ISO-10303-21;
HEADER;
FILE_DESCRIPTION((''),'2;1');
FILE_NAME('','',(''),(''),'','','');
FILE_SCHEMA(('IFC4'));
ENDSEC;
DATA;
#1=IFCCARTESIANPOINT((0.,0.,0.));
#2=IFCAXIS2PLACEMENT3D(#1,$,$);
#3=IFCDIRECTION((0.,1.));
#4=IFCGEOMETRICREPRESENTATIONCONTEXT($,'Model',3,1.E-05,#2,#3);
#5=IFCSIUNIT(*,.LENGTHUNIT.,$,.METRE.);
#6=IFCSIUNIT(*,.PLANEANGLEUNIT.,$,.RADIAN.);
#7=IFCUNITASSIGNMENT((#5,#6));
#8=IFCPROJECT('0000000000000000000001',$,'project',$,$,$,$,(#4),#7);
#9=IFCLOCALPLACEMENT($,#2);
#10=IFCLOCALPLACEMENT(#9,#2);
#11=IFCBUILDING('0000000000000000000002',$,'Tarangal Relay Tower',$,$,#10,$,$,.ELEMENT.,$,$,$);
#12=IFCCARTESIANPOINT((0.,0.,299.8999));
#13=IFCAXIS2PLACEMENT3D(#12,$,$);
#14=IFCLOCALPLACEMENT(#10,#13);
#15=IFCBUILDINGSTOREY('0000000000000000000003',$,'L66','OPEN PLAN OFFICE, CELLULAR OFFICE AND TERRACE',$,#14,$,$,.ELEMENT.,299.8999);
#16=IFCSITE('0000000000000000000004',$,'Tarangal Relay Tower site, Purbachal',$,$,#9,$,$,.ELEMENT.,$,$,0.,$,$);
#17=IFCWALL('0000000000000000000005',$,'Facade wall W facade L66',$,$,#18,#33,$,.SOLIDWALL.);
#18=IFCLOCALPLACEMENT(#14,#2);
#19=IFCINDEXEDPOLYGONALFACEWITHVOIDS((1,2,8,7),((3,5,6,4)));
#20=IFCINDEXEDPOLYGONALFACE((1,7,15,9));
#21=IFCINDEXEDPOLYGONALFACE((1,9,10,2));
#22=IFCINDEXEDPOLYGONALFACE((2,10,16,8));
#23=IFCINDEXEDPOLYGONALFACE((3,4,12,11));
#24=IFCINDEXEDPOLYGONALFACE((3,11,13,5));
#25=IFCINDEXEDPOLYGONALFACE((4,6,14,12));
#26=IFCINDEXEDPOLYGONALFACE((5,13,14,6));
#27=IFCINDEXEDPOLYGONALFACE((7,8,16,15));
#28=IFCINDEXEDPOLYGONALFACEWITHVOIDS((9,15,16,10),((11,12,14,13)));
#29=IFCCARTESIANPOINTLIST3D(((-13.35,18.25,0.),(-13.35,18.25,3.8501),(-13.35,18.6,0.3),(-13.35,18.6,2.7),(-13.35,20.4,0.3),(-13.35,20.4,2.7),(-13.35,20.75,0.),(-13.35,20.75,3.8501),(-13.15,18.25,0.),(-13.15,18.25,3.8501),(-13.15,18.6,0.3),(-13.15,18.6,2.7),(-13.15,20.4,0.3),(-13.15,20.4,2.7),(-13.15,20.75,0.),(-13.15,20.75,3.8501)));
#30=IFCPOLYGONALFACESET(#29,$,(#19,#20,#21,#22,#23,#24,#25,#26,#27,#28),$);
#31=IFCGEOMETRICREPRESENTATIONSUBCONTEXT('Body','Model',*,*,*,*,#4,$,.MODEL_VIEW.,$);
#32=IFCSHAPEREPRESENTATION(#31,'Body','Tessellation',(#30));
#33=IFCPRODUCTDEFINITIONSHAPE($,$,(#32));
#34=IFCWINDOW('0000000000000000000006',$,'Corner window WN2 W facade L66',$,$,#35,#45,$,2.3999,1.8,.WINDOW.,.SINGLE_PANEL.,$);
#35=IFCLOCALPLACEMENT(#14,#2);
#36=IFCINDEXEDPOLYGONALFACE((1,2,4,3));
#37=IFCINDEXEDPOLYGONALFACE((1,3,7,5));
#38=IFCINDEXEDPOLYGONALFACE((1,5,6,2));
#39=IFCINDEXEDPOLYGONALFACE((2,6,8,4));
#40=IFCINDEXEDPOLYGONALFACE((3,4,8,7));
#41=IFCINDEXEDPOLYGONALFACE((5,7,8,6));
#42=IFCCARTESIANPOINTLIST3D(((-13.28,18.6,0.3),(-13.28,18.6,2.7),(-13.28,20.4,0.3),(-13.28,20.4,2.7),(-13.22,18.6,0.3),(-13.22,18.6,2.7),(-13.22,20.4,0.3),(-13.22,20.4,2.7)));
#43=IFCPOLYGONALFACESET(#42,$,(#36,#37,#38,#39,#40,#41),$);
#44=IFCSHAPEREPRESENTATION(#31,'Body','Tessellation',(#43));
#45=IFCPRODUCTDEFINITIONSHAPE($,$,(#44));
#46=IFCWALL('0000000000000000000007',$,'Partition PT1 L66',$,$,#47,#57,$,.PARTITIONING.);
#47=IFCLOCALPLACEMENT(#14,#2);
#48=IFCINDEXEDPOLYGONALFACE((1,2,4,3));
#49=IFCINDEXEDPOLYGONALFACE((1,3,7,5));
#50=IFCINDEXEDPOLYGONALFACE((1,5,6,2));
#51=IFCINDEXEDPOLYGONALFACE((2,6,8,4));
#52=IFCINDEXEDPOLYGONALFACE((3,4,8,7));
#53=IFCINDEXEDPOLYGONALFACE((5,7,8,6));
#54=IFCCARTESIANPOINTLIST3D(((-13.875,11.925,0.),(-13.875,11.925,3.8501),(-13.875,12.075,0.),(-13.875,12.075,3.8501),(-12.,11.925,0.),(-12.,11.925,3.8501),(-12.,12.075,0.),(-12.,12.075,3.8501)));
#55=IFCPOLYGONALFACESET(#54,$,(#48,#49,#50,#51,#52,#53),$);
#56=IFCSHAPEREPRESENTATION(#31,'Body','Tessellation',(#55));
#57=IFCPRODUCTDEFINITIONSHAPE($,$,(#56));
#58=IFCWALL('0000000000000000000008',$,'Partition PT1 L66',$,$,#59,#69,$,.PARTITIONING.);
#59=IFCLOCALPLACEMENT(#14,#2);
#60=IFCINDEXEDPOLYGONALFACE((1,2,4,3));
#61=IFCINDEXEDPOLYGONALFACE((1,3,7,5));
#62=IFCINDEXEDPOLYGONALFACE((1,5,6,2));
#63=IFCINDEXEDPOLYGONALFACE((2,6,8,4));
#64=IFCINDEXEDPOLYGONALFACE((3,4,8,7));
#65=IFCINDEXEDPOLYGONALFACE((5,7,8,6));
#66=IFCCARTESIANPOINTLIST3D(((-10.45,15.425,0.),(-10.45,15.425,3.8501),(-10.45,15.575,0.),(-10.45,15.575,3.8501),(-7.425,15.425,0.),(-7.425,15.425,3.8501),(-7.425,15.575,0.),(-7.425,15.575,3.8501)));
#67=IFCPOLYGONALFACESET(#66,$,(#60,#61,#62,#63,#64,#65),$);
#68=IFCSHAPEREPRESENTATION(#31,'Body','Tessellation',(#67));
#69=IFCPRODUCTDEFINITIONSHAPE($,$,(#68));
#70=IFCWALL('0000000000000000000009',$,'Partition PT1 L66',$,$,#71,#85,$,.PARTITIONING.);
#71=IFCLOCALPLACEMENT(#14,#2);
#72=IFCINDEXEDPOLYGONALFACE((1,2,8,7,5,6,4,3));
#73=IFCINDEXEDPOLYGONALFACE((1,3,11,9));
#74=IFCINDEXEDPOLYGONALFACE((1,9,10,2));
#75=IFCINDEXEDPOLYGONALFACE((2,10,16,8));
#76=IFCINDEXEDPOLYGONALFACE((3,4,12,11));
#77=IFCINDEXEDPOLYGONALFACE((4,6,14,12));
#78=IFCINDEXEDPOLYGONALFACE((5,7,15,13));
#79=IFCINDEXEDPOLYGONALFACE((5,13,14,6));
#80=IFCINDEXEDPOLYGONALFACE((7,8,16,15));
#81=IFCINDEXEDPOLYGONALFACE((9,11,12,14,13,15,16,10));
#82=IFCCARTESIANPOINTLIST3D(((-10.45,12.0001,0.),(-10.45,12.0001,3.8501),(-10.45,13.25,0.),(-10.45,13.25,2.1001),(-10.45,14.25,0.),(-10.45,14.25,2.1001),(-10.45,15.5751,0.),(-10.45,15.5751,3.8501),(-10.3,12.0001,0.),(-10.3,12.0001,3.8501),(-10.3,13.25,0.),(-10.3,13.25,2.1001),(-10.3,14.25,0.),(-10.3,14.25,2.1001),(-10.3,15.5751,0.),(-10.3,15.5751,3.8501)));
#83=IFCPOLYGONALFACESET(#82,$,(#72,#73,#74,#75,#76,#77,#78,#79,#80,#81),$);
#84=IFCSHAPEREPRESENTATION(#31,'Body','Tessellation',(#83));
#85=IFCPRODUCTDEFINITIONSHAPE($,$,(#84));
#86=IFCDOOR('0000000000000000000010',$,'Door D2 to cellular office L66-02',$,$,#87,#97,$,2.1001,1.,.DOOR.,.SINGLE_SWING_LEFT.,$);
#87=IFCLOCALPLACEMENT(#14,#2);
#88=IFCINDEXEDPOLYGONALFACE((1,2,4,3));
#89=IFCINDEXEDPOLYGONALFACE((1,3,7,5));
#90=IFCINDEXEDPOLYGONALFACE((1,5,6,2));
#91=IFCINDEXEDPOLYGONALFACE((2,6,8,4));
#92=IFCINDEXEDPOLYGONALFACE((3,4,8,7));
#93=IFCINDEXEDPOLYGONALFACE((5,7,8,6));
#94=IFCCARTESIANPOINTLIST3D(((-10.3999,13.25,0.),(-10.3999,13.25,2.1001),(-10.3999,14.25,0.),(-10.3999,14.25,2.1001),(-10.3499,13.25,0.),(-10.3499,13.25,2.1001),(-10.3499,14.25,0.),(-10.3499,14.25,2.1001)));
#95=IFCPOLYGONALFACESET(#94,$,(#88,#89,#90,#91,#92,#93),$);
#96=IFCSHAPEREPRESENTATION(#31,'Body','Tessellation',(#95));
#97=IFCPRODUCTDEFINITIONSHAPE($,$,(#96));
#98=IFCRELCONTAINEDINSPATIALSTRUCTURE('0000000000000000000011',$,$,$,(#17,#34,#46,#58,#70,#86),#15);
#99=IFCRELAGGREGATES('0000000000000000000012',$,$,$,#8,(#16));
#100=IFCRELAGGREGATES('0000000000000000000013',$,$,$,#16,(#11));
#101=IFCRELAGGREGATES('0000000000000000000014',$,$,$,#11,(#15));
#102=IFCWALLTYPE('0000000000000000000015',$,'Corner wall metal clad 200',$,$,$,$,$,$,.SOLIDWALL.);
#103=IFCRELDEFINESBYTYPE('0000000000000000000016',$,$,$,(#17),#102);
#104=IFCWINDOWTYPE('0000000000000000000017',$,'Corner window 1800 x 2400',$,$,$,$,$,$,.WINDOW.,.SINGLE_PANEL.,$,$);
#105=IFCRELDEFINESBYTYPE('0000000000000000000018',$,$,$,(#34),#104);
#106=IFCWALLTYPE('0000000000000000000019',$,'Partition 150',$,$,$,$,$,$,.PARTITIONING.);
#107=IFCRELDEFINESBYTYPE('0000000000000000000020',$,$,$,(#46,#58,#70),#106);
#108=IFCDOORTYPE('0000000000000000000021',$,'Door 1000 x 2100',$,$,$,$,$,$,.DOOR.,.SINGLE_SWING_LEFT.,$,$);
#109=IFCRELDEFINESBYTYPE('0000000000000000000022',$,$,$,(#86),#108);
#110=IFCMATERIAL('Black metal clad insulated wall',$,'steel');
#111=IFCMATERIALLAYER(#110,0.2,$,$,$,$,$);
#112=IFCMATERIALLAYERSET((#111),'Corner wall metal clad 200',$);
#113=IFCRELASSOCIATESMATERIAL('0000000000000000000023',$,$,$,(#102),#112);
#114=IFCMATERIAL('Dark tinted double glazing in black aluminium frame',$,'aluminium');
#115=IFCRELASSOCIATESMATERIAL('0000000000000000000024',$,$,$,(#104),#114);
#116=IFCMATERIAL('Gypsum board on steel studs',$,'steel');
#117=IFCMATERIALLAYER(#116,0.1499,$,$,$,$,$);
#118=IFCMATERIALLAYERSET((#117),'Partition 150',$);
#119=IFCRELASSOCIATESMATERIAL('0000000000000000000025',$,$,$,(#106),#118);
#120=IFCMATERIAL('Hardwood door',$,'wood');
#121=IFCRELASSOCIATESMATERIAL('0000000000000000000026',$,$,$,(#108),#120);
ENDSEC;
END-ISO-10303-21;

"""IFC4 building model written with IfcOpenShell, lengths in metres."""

from ifc_helpers import new_model, si_unit, direction, frame, frame_2d, origin, place, context, subcontext, project, spatial, rectangle, extrude, material, layer, layer_set, type_object, element, fill, save


model = new_model("IFC4")

# Units and contexts
model_context = context("Model", 3, precision=1e-05, world=origin(), true_north=direction((0.0, 1.0)))
body_context = subcontext(model_context, "Body", "Model", "MODEL_VIEW")
ifc_project = project(units=[si_unit("LENGTHUNIT", "METRE"), si_unit("PLANEANGLEUNIT", "RADIAN")], contexts=[model_context])

# Site, building, storey
site_placement = place(None, origin())
site = spatial("IfcSite", under=ifc_project, at=site_placement, Name="Tarangal Relay Tower site, Purbachal", CompositionType="ELEMENT", RefElevation=0.0)
building_placement = place(site_placement, origin())
building = spatial("IfcBuilding", under=site, at=building_placement, Name="Tarangal Relay Tower", CompositionType="ELEMENT")
storey_placement = place(building_placement, frame((0.0, 0.0, 299.8999)))
storey = spatial("IfcBuildingStorey", under=building, at=storey_placement, Name="L66", Description="OPEN PLAN OFFICE, CELLULAR OFFICE AND TERRACE", CompositionType="ELEMENT", Elevation=299.8999)

# Shared definitions
ifc_material_1 = material(Name="Black metal clad insulated wall", Category="steel")
ifc_layer_1 = layer(ifc_material_1, 0.2)
ifc_layer_set_1 = layer_set([ifc_layer_1], Name="Corner wall metal clad 200")
wall_type_1 = type_object("IfcWallType", Name="Corner wall metal clad 200", PredefinedType="SOLIDWALL", material=ifc_layer_set_1)

# Shared definitions
ifc_material_2 = material(Name="Dark tinted double glazing in black aluminium frame", Category="aluminium")
window_type = type_object("IfcWindowType", Name="Corner window 1800 x 2400", PartitioningType="SINGLE_PANEL", PredefinedType="WINDOW", material=ifc_material_2)

# Wall, opening, window
wall_1_placement = place(storey_placement, frame((-13.25, 18.25, 0.0), z_axis=(0.0, 0.0, 1.0), x_axis=(0.0, 1.0, 0.0)))
wall_1 = element("IfcWall", 1, at=wall_1_placement, inside=storey, type_object=wall_type_1, Name="Facade wall W facade L66", PredefinedType="SOLIDWALL", context=body_context, shape_type="SweptSolid", body=[
    extrude(rectangle(XDim=2.5, YDim=0.2, at=frame_2d((1.25, 0.0))), origin(), (0.0, 0.0, 1.0), 3.8501),
])
opening_1_placement = place(wall_1_placement, frame((0.3501, 0.0, 0.3)))
opening_1 = element("IfcOpeningElement", 2, at=opening_1_placement, cuts=wall_1, PredefinedType="OPENING", context=body_context, shape_type="SweptSolid", body=[
    extrude(rectangle(XDim=1.8, YDim=2.3999, at=frame_2d((0.8999, 1.2))), frame((0.0, 0.1099, 0.0), z_axis=(0.0, -1.0, 0.0), x_axis=(1.0, 0.0, 0.0)), (0.0, 0.0, 1.0), 0.22),
])
window_1_placement = place(opening_1_placement, origin())
window_1 = element("IfcWindow", 3, at=window_1_placement, inside=storey, type_object=window_type, Name="Corner window WN2 W facade L66", OverallHeight=2.3999, OverallWidth=1.8, PartitioningType="SINGLE_PANEL", PredefinedType="WINDOW", context=body_context, shape_type="SweptSolid", body=[
    extrude(rectangle(XDim=1.8, YDim=2.3999, at=frame_2d((0.8999, 1.2))), frame((0.0, 0.03, 0.0), z_axis=(0.0, -1.0, 0.0), x_axis=(1.0, 0.0, 0.0)), (0.0, 0.0, 1.0), 0.0601),
])
fill(opening_1, window_1)

# Walls
ifc_material_3 = material(Name="Gypsum board on steel studs", Category="steel")
ifc_layer_2 = layer(ifc_material_3, 0.1499)
ifc_layer_set_2 = layer_set([ifc_layer_2], Name="Partition 150")
wall_type_2 = type_object("IfcWallType", Name="Partition 150", PredefinedType="PARTITIONING", material=ifc_layer_set_2)
wall_2_placement = place(storey_placement, frame((-13.875, 12.0, 0.0), z_axis=(0.0, 0.0, 1.0), x_axis=(1.0, 0.0, 0.0)))
element("IfcWall", 4, at=wall_2_placement, inside=storey, type_object=wall_type_2, Name="Partition PT1 L66", PredefinedType="PARTITIONING", context=body_context, shape_type="SweptSolid", body=[
    extrude(rectangle(XDim=1.875, YDim=0.1499, at=frame_2d((0.9375, 0.0))), origin(), (0.0, 0.0, 1.0), 3.8501),
])
wall_3_placement = place(storey_placement, frame((-10.45, 15.5, 0.0), z_axis=(0.0, 0.0, 1.0), x_axis=(1.0, 0.0, 0.0)))
element("IfcWall", 5, at=wall_3_placement, inside=storey, type_object=wall_type_2, Name="Partition PT1 L66", PredefinedType="PARTITIONING", context=body_context, shape_type="SweptSolid", body=[
    extrude(rectangle(XDim=3.0249, YDim=0.1499, at=frame_2d((1.5125, 0.0))), origin(), (0.0, 0.0, 1.0), 3.8501),
])

# Wall, opening, door
wall_4_placement = place(storey_placement, frame((-10.375, 12.0, 0.0), z_axis=(0.0, 0.0, 1.0), x_axis=(0.0, 1.0, 0.0)))
wall_4 = element("IfcWall", 6, at=wall_4_placement, inside=storey, type_object=wall_type_2, Name="Partition PT1 L66", PredefinedType="PARTITIONING", context=body_context, shape_type="SweptSolid", body=[
    extrude(rectangle(XDim=3.575, YDim=0.1499, at=frame_2d((1.7876, 0.0))), origin(), (0.0, 0.0, 1.0), 3.8501),
])
opening_2_placement = place(wall_4_placement, frame((1.25, 0.0, 0.0)))
opening_2 = element("IfcOpeningElement", 7, at=opening_2_placement, cuts=wall_4, PredefinedType="OPENING", context=body_context, shape_type="SweptSolid", body=[
    extrude(rectangle(XDim=1.0, YDim=2.1001, at=frame_2d((0.5, 1.05))), frame((0.0, 0.085, 0.0), z_axis=(0.0, -1.0, 0.0), x_axis=(1.0, 0.0, 0.0)), (0.0, 0.0, 1.0), 0.1699),
])
ifc_material_4 = material(Name="Hardwood door", Category="wood")
door_type_1 = type_object("IfcDoorType", Name="Door 1000 x 2100", OperationType="SINGLE_SWING_LEFT", PredefinedType="DOOR", material=ifc_material_4)
door_1_placement = place(opening_2_placement, origin())
door_1 = element("IfcDoor", 8, at=door_1_placement, inside=storey, type_object=door_type_1, Name="Door D2 to cellular office L66-02", OperationType="SINGLE_SWING_LEFT", OverallHeight=2.1001, OverallWidth=1.0, PredefinedType="DOOR", context=body_context, shape_type="SweptSolid", body=[
    extrude(rectangle(XDim=1.0, YDim=2.1001, at=frame_2d((0.5, 1.05))), frame((0.0, 0.0249, 0.0), z_axis=(0.0, -1.0, 0.0), x_axis=(1.0, 0.0, 0.0)), (0.0, 0.0, 1.0), 0.05),
])
fill(opening_2, door_1)

save(model, "model.ifc")
